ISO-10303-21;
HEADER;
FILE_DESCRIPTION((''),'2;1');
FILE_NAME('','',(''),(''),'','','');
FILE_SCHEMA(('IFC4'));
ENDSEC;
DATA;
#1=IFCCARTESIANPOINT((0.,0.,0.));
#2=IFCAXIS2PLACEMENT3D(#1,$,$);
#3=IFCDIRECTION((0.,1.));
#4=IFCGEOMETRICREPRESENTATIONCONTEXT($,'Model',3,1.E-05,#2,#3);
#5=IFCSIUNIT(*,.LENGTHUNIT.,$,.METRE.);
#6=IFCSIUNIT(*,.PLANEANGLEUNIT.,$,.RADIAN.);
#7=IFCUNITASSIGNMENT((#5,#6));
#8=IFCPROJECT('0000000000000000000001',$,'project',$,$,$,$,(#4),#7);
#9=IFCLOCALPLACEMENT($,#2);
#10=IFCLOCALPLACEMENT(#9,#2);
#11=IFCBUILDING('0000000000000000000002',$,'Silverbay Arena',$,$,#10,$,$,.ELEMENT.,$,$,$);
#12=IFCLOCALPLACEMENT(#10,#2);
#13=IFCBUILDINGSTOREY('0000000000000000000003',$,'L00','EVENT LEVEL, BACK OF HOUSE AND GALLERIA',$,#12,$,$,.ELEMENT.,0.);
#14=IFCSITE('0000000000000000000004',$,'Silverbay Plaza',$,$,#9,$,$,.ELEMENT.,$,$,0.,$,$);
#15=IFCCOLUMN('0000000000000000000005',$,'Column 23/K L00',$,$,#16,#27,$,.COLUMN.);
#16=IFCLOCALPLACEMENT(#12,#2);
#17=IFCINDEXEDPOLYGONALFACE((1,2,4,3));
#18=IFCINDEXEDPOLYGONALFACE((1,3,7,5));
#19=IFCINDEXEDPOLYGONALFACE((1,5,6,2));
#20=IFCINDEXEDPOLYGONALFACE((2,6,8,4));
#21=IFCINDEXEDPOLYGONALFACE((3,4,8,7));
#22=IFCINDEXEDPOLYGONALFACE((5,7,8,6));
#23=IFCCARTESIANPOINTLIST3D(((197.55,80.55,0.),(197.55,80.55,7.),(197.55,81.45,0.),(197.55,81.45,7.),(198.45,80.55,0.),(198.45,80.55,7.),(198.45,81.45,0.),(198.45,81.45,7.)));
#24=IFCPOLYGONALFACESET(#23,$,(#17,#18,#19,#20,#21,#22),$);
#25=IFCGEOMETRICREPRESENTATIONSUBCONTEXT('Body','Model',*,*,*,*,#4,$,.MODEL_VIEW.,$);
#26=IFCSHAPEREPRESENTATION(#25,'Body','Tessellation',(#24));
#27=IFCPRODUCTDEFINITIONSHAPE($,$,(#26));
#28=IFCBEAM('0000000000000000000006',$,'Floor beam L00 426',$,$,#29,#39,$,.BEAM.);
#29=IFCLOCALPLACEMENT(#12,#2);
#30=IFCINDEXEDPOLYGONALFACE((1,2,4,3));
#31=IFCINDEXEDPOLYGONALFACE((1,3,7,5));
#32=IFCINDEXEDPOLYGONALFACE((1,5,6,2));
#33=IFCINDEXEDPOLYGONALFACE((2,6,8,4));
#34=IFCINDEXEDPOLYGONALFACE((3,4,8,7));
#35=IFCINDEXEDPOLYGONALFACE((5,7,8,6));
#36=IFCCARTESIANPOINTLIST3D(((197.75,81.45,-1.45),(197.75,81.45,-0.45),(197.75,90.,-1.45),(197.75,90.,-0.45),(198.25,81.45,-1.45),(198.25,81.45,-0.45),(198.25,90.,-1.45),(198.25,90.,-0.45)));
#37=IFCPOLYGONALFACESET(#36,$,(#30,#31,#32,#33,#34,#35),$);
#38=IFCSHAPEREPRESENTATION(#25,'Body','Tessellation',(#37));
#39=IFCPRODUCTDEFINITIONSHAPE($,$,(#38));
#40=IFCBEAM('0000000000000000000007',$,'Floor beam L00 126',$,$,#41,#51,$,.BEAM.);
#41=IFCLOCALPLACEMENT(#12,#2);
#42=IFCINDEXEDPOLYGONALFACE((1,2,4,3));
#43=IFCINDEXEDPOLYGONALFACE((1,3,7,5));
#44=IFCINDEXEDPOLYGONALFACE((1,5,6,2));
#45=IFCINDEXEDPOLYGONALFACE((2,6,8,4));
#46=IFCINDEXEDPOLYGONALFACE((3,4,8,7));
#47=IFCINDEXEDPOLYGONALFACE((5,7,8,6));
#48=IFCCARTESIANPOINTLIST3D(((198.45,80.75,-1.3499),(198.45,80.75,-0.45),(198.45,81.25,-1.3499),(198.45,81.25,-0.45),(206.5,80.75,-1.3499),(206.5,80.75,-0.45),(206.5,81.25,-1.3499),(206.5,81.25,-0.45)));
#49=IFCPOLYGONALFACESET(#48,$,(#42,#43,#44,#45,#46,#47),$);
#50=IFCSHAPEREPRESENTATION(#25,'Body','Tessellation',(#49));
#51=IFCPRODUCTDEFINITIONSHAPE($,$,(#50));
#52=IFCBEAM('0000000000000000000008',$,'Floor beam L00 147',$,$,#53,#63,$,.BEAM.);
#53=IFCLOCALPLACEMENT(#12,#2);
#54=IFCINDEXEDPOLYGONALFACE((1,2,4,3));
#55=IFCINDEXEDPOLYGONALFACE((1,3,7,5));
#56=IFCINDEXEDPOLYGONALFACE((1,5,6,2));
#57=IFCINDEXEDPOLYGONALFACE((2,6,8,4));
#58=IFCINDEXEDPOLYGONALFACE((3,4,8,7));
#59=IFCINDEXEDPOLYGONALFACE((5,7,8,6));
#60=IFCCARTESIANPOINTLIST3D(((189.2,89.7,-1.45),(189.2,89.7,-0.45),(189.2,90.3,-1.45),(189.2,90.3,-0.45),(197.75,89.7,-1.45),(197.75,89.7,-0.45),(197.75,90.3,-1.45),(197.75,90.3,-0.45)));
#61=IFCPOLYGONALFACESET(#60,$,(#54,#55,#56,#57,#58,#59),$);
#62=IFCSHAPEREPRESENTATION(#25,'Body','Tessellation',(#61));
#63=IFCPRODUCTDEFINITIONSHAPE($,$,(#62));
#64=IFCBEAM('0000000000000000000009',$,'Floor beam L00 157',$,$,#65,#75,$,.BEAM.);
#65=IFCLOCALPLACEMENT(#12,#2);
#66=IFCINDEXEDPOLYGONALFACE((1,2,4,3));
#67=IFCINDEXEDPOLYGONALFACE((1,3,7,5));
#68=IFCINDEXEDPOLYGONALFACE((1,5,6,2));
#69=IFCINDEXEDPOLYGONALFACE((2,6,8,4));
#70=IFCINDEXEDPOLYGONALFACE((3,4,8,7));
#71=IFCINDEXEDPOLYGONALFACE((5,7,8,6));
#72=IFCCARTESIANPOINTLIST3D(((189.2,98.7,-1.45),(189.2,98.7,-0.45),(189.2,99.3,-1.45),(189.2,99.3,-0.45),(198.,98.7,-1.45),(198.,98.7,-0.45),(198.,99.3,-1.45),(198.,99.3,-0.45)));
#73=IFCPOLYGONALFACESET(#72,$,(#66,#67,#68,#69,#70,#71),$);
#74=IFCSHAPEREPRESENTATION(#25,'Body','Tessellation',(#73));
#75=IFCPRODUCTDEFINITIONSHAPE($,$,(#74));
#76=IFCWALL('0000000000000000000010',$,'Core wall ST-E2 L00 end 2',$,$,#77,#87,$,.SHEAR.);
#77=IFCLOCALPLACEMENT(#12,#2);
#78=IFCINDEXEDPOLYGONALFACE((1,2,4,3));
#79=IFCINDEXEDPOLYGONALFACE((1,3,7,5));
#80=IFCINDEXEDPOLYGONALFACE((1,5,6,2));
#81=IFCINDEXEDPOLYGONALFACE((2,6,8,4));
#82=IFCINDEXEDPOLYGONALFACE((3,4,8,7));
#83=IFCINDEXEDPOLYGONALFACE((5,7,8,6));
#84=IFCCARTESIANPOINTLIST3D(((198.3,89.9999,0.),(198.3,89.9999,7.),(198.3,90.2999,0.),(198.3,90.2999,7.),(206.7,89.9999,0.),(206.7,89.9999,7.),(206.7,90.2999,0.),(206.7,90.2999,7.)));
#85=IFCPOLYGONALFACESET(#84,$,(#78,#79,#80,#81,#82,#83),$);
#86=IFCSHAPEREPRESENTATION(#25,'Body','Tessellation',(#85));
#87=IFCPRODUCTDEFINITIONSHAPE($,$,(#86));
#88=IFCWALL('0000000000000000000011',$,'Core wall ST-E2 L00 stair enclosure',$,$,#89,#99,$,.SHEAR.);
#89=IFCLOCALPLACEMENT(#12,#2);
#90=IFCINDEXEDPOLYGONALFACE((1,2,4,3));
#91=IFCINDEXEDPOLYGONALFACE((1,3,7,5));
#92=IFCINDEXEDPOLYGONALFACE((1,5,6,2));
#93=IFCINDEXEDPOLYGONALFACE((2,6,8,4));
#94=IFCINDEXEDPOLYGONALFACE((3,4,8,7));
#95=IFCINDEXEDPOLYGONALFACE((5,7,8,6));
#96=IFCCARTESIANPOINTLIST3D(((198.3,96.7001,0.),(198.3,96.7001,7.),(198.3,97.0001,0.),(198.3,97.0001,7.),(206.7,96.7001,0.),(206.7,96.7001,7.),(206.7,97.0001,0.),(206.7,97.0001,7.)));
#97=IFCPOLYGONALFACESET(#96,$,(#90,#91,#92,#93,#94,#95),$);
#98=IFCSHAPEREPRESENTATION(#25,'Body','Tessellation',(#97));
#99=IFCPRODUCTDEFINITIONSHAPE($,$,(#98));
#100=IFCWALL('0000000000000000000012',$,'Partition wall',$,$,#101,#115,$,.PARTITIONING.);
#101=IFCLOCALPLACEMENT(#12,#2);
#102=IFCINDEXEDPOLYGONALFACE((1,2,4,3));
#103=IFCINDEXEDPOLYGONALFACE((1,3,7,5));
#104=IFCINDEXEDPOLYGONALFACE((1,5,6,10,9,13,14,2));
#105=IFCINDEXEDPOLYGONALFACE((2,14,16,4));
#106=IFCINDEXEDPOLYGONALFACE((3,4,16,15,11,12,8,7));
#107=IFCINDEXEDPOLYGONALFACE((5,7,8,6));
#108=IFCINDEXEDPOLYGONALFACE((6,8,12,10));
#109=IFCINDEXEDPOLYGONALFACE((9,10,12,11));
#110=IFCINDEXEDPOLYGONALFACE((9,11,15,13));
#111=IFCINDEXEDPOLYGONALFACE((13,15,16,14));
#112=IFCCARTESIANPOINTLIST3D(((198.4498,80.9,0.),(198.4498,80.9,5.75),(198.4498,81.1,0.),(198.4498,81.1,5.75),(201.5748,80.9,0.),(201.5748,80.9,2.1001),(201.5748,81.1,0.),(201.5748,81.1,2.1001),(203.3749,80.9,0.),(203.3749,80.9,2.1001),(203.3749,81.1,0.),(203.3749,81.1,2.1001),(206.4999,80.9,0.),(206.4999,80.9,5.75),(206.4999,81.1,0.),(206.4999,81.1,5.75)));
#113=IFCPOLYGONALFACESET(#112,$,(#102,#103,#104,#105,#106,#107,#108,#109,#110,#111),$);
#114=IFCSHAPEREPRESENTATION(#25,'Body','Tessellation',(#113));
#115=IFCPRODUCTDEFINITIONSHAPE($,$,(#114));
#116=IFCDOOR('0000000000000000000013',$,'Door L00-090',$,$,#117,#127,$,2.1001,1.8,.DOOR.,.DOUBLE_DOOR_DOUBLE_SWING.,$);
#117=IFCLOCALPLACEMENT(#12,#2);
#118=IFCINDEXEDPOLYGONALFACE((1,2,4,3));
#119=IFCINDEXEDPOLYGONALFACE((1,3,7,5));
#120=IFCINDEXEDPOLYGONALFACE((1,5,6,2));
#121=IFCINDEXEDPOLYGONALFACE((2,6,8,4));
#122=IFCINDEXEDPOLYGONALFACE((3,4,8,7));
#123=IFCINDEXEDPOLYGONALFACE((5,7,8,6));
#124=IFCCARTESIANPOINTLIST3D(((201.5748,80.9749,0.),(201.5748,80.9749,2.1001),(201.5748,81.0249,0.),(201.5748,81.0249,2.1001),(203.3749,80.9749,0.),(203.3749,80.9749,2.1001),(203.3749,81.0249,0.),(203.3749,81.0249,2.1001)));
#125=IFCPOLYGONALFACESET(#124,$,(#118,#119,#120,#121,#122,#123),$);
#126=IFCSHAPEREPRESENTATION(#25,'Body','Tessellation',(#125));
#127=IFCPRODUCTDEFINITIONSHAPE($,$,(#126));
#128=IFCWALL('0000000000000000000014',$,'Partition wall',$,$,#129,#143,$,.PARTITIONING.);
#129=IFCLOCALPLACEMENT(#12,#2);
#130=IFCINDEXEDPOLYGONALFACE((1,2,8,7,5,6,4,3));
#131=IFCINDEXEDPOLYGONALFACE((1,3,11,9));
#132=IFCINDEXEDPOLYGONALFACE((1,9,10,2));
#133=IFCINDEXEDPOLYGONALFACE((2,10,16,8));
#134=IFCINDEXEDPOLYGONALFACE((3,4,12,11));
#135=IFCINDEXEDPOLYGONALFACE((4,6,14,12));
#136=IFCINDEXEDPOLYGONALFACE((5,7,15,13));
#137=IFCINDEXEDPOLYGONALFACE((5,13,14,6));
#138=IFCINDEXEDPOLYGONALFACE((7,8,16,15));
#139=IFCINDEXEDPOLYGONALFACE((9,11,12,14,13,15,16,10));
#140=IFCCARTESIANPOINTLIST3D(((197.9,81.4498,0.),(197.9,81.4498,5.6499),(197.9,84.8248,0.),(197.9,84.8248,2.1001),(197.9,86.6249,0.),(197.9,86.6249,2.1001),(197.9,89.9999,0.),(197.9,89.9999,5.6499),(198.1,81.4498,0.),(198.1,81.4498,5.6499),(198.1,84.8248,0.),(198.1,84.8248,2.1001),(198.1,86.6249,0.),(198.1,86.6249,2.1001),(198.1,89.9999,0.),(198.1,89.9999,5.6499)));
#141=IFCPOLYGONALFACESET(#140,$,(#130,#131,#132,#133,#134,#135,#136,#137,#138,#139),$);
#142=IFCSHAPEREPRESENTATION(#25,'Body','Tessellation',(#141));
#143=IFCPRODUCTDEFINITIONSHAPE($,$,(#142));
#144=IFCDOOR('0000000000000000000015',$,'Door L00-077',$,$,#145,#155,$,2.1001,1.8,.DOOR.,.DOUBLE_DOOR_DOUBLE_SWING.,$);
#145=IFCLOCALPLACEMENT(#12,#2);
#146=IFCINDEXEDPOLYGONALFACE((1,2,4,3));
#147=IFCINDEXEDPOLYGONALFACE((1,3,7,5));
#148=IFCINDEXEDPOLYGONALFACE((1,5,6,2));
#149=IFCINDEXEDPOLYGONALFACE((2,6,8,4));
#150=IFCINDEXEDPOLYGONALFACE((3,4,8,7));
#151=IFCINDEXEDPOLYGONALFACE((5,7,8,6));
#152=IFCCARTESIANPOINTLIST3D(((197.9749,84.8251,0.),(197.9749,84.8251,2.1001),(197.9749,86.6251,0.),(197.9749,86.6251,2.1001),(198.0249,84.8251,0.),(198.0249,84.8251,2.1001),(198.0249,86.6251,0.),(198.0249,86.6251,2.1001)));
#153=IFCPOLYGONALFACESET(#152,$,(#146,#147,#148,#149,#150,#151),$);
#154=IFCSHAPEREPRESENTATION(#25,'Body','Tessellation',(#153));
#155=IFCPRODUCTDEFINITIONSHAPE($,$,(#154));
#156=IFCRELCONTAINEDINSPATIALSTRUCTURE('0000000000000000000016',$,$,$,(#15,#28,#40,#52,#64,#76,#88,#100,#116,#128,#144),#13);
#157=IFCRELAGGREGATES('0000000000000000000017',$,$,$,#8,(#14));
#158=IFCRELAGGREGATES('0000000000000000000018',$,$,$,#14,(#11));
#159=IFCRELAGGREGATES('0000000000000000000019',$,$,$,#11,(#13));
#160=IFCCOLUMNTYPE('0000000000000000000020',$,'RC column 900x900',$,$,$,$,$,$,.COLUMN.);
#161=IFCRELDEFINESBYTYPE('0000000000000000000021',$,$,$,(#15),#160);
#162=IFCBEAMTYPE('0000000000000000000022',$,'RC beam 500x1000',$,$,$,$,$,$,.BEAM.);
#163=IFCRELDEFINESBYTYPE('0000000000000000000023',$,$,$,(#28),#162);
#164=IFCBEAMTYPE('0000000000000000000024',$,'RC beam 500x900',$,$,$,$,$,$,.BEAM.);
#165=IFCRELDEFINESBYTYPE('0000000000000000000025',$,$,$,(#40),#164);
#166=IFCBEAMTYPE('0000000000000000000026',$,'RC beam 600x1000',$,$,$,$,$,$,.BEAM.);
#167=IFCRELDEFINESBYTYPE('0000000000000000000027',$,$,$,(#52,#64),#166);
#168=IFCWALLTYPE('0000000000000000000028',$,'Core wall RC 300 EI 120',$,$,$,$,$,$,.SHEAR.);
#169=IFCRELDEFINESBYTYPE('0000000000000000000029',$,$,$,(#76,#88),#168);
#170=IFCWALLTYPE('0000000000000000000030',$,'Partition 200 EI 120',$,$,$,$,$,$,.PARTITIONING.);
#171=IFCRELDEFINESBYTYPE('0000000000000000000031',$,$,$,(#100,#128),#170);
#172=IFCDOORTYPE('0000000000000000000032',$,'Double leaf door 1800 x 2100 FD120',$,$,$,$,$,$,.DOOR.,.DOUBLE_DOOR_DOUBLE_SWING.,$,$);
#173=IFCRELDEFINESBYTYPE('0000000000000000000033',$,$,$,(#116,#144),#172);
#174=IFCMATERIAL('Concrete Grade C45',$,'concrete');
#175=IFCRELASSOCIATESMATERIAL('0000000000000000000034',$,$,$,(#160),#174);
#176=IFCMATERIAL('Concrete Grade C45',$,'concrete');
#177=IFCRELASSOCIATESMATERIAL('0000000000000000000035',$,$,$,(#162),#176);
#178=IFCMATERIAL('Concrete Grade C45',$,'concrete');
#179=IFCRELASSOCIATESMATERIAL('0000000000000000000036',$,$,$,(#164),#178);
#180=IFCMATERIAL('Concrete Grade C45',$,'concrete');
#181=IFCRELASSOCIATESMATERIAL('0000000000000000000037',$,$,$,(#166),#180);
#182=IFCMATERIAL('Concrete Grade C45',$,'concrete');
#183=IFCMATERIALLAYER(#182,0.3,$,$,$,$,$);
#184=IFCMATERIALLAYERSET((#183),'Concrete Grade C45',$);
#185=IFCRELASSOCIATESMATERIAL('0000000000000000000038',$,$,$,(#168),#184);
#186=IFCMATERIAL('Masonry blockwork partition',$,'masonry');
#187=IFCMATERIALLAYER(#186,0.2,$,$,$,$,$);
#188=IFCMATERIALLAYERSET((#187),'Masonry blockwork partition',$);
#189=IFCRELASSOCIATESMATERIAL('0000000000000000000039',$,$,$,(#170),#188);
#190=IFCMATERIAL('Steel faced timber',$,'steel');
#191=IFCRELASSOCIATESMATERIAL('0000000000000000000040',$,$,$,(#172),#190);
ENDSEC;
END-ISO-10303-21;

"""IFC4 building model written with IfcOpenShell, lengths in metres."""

from ifc_helpers import new_model, si_unit, direction, frame, frame_2d, origin, origin_2d, place, context, subcontext, project, spatial, rectangle, extrude, material, layer, layer_set, material_profile, profile_set, type_object, element, fill, save


model = new_model("IFC4")

# Units and contexts
model_context = context("Model", 3, precision=1e-05, world=origin(), true_north=direction((0.0, 1.0)))
body_context = subcontext(model_context, "Body", "Model", "MODEL_VIEW")
ifc_project = project(units=[si_unit("LENGTHUNIT", "METRE"), si_unit("PLANEANGLEUNIT", "RADIAN")], contexts=[model_context])

# Site, building, storey
site_placement = place(None, origin())
site = spatial("IfcSite", under=ifc_project, at=site_placement, Name="Silverbay Plaza", CompositionType="ELEMENT", RefElevation=0.0)
building_placement = place(site_placement, origin())
building = spatial("IfcBuilding", under=site, at=building_placement, Name="Silverbay Arena", CompositionType="ELEMENT")
storey_placement = place(building_placement, origin())
storey = spatial("IfcBuildingStorey", under=building, at=storey_placement, Name="L00", Description="EVENT LEVEL, BACK OF HOUSE AND GALLERIA", CompositionType="ELEMENT", Elevation=0.0)

# Column
ifc_material_1 = material(Name="Concrete Grade C45", Category="concrete")
ifc_material_profile_1 = material_profile(ifc_material_1, rectangle(XDim=0.8999, YDim=0.8999, at=origin_2d()), Name="RC 900x900")
ifc_profile_set_1 = profile_set([ifc_material_profile_1], Name="Concrete Grade C45")
column_type = type_object("IfcColumnType", Name="RC column 900x900", PredefinedType="COLUMN", material=ifc_profile_set_1)
column_placement = place(storey_placement, frame((198.0, 81.0, 0.0), z_axis=(0.0, 0.0, 1.0), x_axis=(1.0, 0.0, 0.0)))
element("IfcColumn", 1, at=column_placement, inside=storey, type_object=column_type, Name="Column 23/K L00", PredefinedType="COLUMN", context=body_context, shape_type="SweptSolid", body=[
    extrude(rectangle(XDim=0.8999, YDim=0.8999, at=origin_2d()), origin(), (0.0, 0.0, 1.0), 7.0),
])

# Beams
ifc_material_2 = material(Name="Concrete Grade C45", Category="concrete")
ifc_material_profile_2 = material_profile(ifc_material_2, rectangle(XDim=0.5, YDim=1.0, at=origin_2d()), Name="RC 500x1000")
ifc_profile_set_2 = profile_set([ifc_material_profile_2], Name="Concrete Grade C45")
beam_type_1 = type_object("IfcBeamType", Name="RC beam 500x1000", PredefinedType="BEAM", material=ifc_profile_set_2)
beam_1_placement = place(storey_placement, frame((198.0, 81.45, -0.95), z_axis=(0.0, 1.0, 0.0), x_axis=(-1.0, 0.0, 0.0)))
element("IfcBeam", 2, at=beam_1_placement, inside=storey, type_object=beam_type_1, Name="Floor beam L00 426", PredefinedType="BEAM", context=body_context, shape_type="SweptSolid", body=[
    extrude(rectangle(XDim=0.5, YDim=1.0, at=origin_2d()), origin(), (0.0, 0.0, 1.0), 8.55),
])
ifc_material_3 = material(Name="Concrete Grade C45", Category="concrete")
ifc_material_profile_3 = material_profile(ifc_material_3, rectangle(XDim=0.5, YDim=0.8999, at=origin_2d()), Name="RC 500x900")
ifc_profile_set_3 = profile_set([ifc_material_profile_3], Name="Concrete Grade C45")
beam_type_2 = type_object("IfcBeamType", Name="RC beam 500x900", PredefinedType="BEAM", material=ifc_profile_set_3)
beam_2_placement = place(storey_placement, frame((198.45, 81.0, -0.8999), z_axis=(1.0, 0.0, 0.0), x_axis=(0.0, 1.0, 0.0)))
element("IfcBeam", 3, at=beam_2_placement, inside=storey, type_object=beam_type_2, Name="Floor beam L00 126", PredefinedType="BEAM", context=body_context, shape_type="SweptSolid", body=[
    extrude(rectangle(XDim=0.5, YDim=0.8999, at=origin_2d()), origin(), (0.0, 0.0, 1.0), 8.05),
])
ifc_material_4 = material(Name="Concrete Grade C45", Category="concrete")
ifc_material_profile_4 = material_profile(ifc_material_4, rectangle(XDim=0.6001, YDim=1.0, at=origin_2d()), Name="RC 600x1000")
ifc_profile_set_4 = profile_set([ifc_material_profile_4], Name="Concrete Grade C45")
beam_type_3 = type_object("IfcBeamType", Name="RC beam 600x1000", PredefinedType="BEAM", material=ifc_profile_set_4)
beam_3_placement = place(storey_placement, frame((189.2, 90.0, -0.95), z_axis=(1.0, 0.0, 0.0), x_axis=(0.0, 1.0, 0.0)))
element("IfcBeam", 4, at=beam_3_placement, inside=storey, type_object=beam_type_3, Name="Floor beam L00 147", PredefinedType="BEAM", context=body_context, shape_type="SweptSolid", body=[
    extrude(rectangle(XDim=0.6001, YDim=1.0, at=origin_2d()), origin(), (0.0, 0.0, 1.0), 8.55),
])
beam_4_placement = place(storey_placement, frame((189.2, 99.0, -0.95), z_axis=(1.0, 0.0, 0.0), x_axis=(0.0, 1.0, 0.0)))
element("IfcBeam", 5, at=beam_4_placement, inside=storey, type_object=beam_type_3, Name="Floor beam L00 157", PredefinedType="BEAM", context=body_context, shape_type="SweptSolid", body=[
    extrude(rectangle(XDim=0.6001, YDim=1.0, at=origin_2d()), origin(), (0.0, 0.0, 1.0), 8.8),
])

# Walls
ifc_material_5 = material(Name="Concrete Grade C45", Category="concrete")
ifc_layer_1 = layer(ifc_material_5, 0.3)
ifc_layer_set_1 = layer_set([ifc_layer_1], Name="Concrete Grade C45")
wall_type_1 = type_object("IfcWallType", Name="Core wall RC 300 EI 120", PredefinedType="SHEAR", material=ifc_layer_set_1)
for number, where, z_axis, x_axis, name in (
    (6, (198.3, 90.1499, 0.0), (0.0, 0.0, 1.0), (1.0, 0.0, 0.0), "Core wall ST-E2 L00 end 2"),
    (7, (198.3, 96.8501, 0.0), (0.0, 0.0, 1.0), (1.0, 0.0, 0.0), "Core wall ST-E2 L00 stair enclosure"),
):
    element("IfcWall", number, at=place(storey_placement, frame(where, z_axis=z_axis, x_axis=x_axis)), inside=storey, type_object=wall_type_1, Name=name, PredefinedType="SHEAR", context=body_context, shape_type="SweptSolid", body=[
        extrude(rectangle(XDim=8.3999, YDim=0.3, at=frame_2d((4.2, 0.0))), origin(), (0.0, 0.0, 1.0), 7.0),
    ])

# Walls, openings, doors
ifc_material_6 = material(Name="Masonry blockwork partition", Category="masonry")
ifc_layer_2 = layer(ifc_material_6, 0.2)
ifc_layer_set_2 = layer_set([ifc_layer_2], Name="Masonry blockwork partition")
wall_type_2 = type_object("IfcWallType", Name="Partition 200 EI 120", PredefinedType="PARTITIONING", material=ifc_layer_set_2)
wall_1_placement = place(storey_placement, frame((198.45, 81.0, 0.0), z_axis=(0.0, 0.0, 1.0), x_axis=(1.0, 0.0, 0.0)))
wall_1 = element("IfcWall", 8, at=wall_1_placement, inside=storey, type_object=wall_type_2, Name="Partition wall", PredefinedType="PARTITIONING", context=body_context, shape_type="SweptSolid", body=[
    extrude(rectangle(XDim=8.05, YDim=0.2, at=frame_2d((4.0249, 0.0))), origin(), (0.0, 0.0, 1.0), 5.75),
])
opening_1_placement = place(wall_1_placement, frame((3.125, 0.0, 0.0)))
opening_1 = element("IfcOpeningElement", 9, at=opening_1_placement, cuts=wall_1, PredefinedType="OPENING", context=body_context, shape_type="SweptSolid", body=[
    extrude(rectangle(XDim=1.8, YDim=2.1001, at=frame_2d((0.8999, 1.05))), frame((0.0, 0.1099, 0.0), z_axis=(0.0, -1.0, 0.0), x_axis=(1.0, 0.0, 0.0)), (0.0, 0.0, 1.0), 0.22),
])
ifc_material_7 = material(Name="Steel faced timber", Category="steel")
door_type = type_object("IfcDoorType", Name="Double leaf door 1800 x 2100 FD120", OperationType="DOUBLE_DOOR_DOUBLE_SWING", PredefinedType="DOOR", material=ifc_material_7)
door_1_placement = place(opening_1_placement, origin())
door_1 = element("IfcDoor", 10, at=door_1_placement, inside=storey, type_object=door_type, Name="Door L00-090", OperationType="DOUBLE_DOOR_DOUBLE_SWING", OverallHeight=2.1001, OverallWidth=1.8, PredefinedType="DOOR", context=body_context, shape_type="SweptSolid", body=[
    extrude(rectangle(XDim=1.8, YDim=2.1001, at=frame_2d((0.8999, 1.05))), frame((0.0, 0.0249, 0.0), z_axis=(0.0, -1.0, 0.0), x_axis=(1.0, 0.0, 0.0)), (0.0, 0.0, 1.0), 0.05),
])
fill(opening_1, door_1)
wall_2_placement = place(storey_placement, frame((198.0, 81.45, 0.0), z_axis=(0.0, 0.0, 1.0), x_axis=(0.0, 1.0, 0.0)))
wall_2 = element("IfcWall", 11, at=wall_2_placement, inside=storey, type_object=wall_type_2, Name="Partition wall", PredefinedType="PARTITIONING", context=body_context, shape_type="SweptSolid", body=[
    extrude(rectangle(XDim=8.55, YDim=0.2, at=frame_2d((4.2749, 0.0))), origin(), (0.0, 0.0, 1.0), 5.6499),
])
opening_2_placement = place(wall_2_placement, frame((3.375, 0.0, 0.0)))
opening_2 = element("IfcOpeningElement", 12, at=opening_2_placement, cuts=wall_2, PredefinedType="OPENING", context=body_context, shape_type="SweptSolid", body=[
    extrude(rectangle(XDim=1.8, YDim=2.1001, at=frame_2d((0.8999, 1.05))), frame((0.0, 0.1099, 0.0), z_axis=(0.0, -1.0, 0.0), x_axis=(1.0, 0.0, 0.0)), (0.0, 0.0, 1.0), 0.22),
])
door_2_placement = place(opening_2_placement, frame((1.8, 0.0, 0.0), z_axis=(0.0, 0.0, 1.0), x_axis=(-1.0, 0.0, 0.0)))
door_2 = element("IfcDoor", 13, at=door_2_placement, inside=storey, type_object=door_type, Name="Door L00-077", OperationType="DOUBLE_DOOR_DOUBLE_SWING", OverallHeight=2.1001, OverallWidth=1.8, PredefinedType="DOOR", context=body_context, shape_type="SweptSolid", body=[
    extrude(rectangle(XDim=1.8, YDim=2.1001, at=frame_2d((0.8999, 1.05))), frame((0.0, 0.0249, 0.0), z_axis=(0.0, -1.0, 0.0), x_axis=(1.0, 0.0, 0.0)), (0.0, 0.0, 1.0), 0.05),
])
fill(opening_2, door_2)

save(model, "model.ifc")
